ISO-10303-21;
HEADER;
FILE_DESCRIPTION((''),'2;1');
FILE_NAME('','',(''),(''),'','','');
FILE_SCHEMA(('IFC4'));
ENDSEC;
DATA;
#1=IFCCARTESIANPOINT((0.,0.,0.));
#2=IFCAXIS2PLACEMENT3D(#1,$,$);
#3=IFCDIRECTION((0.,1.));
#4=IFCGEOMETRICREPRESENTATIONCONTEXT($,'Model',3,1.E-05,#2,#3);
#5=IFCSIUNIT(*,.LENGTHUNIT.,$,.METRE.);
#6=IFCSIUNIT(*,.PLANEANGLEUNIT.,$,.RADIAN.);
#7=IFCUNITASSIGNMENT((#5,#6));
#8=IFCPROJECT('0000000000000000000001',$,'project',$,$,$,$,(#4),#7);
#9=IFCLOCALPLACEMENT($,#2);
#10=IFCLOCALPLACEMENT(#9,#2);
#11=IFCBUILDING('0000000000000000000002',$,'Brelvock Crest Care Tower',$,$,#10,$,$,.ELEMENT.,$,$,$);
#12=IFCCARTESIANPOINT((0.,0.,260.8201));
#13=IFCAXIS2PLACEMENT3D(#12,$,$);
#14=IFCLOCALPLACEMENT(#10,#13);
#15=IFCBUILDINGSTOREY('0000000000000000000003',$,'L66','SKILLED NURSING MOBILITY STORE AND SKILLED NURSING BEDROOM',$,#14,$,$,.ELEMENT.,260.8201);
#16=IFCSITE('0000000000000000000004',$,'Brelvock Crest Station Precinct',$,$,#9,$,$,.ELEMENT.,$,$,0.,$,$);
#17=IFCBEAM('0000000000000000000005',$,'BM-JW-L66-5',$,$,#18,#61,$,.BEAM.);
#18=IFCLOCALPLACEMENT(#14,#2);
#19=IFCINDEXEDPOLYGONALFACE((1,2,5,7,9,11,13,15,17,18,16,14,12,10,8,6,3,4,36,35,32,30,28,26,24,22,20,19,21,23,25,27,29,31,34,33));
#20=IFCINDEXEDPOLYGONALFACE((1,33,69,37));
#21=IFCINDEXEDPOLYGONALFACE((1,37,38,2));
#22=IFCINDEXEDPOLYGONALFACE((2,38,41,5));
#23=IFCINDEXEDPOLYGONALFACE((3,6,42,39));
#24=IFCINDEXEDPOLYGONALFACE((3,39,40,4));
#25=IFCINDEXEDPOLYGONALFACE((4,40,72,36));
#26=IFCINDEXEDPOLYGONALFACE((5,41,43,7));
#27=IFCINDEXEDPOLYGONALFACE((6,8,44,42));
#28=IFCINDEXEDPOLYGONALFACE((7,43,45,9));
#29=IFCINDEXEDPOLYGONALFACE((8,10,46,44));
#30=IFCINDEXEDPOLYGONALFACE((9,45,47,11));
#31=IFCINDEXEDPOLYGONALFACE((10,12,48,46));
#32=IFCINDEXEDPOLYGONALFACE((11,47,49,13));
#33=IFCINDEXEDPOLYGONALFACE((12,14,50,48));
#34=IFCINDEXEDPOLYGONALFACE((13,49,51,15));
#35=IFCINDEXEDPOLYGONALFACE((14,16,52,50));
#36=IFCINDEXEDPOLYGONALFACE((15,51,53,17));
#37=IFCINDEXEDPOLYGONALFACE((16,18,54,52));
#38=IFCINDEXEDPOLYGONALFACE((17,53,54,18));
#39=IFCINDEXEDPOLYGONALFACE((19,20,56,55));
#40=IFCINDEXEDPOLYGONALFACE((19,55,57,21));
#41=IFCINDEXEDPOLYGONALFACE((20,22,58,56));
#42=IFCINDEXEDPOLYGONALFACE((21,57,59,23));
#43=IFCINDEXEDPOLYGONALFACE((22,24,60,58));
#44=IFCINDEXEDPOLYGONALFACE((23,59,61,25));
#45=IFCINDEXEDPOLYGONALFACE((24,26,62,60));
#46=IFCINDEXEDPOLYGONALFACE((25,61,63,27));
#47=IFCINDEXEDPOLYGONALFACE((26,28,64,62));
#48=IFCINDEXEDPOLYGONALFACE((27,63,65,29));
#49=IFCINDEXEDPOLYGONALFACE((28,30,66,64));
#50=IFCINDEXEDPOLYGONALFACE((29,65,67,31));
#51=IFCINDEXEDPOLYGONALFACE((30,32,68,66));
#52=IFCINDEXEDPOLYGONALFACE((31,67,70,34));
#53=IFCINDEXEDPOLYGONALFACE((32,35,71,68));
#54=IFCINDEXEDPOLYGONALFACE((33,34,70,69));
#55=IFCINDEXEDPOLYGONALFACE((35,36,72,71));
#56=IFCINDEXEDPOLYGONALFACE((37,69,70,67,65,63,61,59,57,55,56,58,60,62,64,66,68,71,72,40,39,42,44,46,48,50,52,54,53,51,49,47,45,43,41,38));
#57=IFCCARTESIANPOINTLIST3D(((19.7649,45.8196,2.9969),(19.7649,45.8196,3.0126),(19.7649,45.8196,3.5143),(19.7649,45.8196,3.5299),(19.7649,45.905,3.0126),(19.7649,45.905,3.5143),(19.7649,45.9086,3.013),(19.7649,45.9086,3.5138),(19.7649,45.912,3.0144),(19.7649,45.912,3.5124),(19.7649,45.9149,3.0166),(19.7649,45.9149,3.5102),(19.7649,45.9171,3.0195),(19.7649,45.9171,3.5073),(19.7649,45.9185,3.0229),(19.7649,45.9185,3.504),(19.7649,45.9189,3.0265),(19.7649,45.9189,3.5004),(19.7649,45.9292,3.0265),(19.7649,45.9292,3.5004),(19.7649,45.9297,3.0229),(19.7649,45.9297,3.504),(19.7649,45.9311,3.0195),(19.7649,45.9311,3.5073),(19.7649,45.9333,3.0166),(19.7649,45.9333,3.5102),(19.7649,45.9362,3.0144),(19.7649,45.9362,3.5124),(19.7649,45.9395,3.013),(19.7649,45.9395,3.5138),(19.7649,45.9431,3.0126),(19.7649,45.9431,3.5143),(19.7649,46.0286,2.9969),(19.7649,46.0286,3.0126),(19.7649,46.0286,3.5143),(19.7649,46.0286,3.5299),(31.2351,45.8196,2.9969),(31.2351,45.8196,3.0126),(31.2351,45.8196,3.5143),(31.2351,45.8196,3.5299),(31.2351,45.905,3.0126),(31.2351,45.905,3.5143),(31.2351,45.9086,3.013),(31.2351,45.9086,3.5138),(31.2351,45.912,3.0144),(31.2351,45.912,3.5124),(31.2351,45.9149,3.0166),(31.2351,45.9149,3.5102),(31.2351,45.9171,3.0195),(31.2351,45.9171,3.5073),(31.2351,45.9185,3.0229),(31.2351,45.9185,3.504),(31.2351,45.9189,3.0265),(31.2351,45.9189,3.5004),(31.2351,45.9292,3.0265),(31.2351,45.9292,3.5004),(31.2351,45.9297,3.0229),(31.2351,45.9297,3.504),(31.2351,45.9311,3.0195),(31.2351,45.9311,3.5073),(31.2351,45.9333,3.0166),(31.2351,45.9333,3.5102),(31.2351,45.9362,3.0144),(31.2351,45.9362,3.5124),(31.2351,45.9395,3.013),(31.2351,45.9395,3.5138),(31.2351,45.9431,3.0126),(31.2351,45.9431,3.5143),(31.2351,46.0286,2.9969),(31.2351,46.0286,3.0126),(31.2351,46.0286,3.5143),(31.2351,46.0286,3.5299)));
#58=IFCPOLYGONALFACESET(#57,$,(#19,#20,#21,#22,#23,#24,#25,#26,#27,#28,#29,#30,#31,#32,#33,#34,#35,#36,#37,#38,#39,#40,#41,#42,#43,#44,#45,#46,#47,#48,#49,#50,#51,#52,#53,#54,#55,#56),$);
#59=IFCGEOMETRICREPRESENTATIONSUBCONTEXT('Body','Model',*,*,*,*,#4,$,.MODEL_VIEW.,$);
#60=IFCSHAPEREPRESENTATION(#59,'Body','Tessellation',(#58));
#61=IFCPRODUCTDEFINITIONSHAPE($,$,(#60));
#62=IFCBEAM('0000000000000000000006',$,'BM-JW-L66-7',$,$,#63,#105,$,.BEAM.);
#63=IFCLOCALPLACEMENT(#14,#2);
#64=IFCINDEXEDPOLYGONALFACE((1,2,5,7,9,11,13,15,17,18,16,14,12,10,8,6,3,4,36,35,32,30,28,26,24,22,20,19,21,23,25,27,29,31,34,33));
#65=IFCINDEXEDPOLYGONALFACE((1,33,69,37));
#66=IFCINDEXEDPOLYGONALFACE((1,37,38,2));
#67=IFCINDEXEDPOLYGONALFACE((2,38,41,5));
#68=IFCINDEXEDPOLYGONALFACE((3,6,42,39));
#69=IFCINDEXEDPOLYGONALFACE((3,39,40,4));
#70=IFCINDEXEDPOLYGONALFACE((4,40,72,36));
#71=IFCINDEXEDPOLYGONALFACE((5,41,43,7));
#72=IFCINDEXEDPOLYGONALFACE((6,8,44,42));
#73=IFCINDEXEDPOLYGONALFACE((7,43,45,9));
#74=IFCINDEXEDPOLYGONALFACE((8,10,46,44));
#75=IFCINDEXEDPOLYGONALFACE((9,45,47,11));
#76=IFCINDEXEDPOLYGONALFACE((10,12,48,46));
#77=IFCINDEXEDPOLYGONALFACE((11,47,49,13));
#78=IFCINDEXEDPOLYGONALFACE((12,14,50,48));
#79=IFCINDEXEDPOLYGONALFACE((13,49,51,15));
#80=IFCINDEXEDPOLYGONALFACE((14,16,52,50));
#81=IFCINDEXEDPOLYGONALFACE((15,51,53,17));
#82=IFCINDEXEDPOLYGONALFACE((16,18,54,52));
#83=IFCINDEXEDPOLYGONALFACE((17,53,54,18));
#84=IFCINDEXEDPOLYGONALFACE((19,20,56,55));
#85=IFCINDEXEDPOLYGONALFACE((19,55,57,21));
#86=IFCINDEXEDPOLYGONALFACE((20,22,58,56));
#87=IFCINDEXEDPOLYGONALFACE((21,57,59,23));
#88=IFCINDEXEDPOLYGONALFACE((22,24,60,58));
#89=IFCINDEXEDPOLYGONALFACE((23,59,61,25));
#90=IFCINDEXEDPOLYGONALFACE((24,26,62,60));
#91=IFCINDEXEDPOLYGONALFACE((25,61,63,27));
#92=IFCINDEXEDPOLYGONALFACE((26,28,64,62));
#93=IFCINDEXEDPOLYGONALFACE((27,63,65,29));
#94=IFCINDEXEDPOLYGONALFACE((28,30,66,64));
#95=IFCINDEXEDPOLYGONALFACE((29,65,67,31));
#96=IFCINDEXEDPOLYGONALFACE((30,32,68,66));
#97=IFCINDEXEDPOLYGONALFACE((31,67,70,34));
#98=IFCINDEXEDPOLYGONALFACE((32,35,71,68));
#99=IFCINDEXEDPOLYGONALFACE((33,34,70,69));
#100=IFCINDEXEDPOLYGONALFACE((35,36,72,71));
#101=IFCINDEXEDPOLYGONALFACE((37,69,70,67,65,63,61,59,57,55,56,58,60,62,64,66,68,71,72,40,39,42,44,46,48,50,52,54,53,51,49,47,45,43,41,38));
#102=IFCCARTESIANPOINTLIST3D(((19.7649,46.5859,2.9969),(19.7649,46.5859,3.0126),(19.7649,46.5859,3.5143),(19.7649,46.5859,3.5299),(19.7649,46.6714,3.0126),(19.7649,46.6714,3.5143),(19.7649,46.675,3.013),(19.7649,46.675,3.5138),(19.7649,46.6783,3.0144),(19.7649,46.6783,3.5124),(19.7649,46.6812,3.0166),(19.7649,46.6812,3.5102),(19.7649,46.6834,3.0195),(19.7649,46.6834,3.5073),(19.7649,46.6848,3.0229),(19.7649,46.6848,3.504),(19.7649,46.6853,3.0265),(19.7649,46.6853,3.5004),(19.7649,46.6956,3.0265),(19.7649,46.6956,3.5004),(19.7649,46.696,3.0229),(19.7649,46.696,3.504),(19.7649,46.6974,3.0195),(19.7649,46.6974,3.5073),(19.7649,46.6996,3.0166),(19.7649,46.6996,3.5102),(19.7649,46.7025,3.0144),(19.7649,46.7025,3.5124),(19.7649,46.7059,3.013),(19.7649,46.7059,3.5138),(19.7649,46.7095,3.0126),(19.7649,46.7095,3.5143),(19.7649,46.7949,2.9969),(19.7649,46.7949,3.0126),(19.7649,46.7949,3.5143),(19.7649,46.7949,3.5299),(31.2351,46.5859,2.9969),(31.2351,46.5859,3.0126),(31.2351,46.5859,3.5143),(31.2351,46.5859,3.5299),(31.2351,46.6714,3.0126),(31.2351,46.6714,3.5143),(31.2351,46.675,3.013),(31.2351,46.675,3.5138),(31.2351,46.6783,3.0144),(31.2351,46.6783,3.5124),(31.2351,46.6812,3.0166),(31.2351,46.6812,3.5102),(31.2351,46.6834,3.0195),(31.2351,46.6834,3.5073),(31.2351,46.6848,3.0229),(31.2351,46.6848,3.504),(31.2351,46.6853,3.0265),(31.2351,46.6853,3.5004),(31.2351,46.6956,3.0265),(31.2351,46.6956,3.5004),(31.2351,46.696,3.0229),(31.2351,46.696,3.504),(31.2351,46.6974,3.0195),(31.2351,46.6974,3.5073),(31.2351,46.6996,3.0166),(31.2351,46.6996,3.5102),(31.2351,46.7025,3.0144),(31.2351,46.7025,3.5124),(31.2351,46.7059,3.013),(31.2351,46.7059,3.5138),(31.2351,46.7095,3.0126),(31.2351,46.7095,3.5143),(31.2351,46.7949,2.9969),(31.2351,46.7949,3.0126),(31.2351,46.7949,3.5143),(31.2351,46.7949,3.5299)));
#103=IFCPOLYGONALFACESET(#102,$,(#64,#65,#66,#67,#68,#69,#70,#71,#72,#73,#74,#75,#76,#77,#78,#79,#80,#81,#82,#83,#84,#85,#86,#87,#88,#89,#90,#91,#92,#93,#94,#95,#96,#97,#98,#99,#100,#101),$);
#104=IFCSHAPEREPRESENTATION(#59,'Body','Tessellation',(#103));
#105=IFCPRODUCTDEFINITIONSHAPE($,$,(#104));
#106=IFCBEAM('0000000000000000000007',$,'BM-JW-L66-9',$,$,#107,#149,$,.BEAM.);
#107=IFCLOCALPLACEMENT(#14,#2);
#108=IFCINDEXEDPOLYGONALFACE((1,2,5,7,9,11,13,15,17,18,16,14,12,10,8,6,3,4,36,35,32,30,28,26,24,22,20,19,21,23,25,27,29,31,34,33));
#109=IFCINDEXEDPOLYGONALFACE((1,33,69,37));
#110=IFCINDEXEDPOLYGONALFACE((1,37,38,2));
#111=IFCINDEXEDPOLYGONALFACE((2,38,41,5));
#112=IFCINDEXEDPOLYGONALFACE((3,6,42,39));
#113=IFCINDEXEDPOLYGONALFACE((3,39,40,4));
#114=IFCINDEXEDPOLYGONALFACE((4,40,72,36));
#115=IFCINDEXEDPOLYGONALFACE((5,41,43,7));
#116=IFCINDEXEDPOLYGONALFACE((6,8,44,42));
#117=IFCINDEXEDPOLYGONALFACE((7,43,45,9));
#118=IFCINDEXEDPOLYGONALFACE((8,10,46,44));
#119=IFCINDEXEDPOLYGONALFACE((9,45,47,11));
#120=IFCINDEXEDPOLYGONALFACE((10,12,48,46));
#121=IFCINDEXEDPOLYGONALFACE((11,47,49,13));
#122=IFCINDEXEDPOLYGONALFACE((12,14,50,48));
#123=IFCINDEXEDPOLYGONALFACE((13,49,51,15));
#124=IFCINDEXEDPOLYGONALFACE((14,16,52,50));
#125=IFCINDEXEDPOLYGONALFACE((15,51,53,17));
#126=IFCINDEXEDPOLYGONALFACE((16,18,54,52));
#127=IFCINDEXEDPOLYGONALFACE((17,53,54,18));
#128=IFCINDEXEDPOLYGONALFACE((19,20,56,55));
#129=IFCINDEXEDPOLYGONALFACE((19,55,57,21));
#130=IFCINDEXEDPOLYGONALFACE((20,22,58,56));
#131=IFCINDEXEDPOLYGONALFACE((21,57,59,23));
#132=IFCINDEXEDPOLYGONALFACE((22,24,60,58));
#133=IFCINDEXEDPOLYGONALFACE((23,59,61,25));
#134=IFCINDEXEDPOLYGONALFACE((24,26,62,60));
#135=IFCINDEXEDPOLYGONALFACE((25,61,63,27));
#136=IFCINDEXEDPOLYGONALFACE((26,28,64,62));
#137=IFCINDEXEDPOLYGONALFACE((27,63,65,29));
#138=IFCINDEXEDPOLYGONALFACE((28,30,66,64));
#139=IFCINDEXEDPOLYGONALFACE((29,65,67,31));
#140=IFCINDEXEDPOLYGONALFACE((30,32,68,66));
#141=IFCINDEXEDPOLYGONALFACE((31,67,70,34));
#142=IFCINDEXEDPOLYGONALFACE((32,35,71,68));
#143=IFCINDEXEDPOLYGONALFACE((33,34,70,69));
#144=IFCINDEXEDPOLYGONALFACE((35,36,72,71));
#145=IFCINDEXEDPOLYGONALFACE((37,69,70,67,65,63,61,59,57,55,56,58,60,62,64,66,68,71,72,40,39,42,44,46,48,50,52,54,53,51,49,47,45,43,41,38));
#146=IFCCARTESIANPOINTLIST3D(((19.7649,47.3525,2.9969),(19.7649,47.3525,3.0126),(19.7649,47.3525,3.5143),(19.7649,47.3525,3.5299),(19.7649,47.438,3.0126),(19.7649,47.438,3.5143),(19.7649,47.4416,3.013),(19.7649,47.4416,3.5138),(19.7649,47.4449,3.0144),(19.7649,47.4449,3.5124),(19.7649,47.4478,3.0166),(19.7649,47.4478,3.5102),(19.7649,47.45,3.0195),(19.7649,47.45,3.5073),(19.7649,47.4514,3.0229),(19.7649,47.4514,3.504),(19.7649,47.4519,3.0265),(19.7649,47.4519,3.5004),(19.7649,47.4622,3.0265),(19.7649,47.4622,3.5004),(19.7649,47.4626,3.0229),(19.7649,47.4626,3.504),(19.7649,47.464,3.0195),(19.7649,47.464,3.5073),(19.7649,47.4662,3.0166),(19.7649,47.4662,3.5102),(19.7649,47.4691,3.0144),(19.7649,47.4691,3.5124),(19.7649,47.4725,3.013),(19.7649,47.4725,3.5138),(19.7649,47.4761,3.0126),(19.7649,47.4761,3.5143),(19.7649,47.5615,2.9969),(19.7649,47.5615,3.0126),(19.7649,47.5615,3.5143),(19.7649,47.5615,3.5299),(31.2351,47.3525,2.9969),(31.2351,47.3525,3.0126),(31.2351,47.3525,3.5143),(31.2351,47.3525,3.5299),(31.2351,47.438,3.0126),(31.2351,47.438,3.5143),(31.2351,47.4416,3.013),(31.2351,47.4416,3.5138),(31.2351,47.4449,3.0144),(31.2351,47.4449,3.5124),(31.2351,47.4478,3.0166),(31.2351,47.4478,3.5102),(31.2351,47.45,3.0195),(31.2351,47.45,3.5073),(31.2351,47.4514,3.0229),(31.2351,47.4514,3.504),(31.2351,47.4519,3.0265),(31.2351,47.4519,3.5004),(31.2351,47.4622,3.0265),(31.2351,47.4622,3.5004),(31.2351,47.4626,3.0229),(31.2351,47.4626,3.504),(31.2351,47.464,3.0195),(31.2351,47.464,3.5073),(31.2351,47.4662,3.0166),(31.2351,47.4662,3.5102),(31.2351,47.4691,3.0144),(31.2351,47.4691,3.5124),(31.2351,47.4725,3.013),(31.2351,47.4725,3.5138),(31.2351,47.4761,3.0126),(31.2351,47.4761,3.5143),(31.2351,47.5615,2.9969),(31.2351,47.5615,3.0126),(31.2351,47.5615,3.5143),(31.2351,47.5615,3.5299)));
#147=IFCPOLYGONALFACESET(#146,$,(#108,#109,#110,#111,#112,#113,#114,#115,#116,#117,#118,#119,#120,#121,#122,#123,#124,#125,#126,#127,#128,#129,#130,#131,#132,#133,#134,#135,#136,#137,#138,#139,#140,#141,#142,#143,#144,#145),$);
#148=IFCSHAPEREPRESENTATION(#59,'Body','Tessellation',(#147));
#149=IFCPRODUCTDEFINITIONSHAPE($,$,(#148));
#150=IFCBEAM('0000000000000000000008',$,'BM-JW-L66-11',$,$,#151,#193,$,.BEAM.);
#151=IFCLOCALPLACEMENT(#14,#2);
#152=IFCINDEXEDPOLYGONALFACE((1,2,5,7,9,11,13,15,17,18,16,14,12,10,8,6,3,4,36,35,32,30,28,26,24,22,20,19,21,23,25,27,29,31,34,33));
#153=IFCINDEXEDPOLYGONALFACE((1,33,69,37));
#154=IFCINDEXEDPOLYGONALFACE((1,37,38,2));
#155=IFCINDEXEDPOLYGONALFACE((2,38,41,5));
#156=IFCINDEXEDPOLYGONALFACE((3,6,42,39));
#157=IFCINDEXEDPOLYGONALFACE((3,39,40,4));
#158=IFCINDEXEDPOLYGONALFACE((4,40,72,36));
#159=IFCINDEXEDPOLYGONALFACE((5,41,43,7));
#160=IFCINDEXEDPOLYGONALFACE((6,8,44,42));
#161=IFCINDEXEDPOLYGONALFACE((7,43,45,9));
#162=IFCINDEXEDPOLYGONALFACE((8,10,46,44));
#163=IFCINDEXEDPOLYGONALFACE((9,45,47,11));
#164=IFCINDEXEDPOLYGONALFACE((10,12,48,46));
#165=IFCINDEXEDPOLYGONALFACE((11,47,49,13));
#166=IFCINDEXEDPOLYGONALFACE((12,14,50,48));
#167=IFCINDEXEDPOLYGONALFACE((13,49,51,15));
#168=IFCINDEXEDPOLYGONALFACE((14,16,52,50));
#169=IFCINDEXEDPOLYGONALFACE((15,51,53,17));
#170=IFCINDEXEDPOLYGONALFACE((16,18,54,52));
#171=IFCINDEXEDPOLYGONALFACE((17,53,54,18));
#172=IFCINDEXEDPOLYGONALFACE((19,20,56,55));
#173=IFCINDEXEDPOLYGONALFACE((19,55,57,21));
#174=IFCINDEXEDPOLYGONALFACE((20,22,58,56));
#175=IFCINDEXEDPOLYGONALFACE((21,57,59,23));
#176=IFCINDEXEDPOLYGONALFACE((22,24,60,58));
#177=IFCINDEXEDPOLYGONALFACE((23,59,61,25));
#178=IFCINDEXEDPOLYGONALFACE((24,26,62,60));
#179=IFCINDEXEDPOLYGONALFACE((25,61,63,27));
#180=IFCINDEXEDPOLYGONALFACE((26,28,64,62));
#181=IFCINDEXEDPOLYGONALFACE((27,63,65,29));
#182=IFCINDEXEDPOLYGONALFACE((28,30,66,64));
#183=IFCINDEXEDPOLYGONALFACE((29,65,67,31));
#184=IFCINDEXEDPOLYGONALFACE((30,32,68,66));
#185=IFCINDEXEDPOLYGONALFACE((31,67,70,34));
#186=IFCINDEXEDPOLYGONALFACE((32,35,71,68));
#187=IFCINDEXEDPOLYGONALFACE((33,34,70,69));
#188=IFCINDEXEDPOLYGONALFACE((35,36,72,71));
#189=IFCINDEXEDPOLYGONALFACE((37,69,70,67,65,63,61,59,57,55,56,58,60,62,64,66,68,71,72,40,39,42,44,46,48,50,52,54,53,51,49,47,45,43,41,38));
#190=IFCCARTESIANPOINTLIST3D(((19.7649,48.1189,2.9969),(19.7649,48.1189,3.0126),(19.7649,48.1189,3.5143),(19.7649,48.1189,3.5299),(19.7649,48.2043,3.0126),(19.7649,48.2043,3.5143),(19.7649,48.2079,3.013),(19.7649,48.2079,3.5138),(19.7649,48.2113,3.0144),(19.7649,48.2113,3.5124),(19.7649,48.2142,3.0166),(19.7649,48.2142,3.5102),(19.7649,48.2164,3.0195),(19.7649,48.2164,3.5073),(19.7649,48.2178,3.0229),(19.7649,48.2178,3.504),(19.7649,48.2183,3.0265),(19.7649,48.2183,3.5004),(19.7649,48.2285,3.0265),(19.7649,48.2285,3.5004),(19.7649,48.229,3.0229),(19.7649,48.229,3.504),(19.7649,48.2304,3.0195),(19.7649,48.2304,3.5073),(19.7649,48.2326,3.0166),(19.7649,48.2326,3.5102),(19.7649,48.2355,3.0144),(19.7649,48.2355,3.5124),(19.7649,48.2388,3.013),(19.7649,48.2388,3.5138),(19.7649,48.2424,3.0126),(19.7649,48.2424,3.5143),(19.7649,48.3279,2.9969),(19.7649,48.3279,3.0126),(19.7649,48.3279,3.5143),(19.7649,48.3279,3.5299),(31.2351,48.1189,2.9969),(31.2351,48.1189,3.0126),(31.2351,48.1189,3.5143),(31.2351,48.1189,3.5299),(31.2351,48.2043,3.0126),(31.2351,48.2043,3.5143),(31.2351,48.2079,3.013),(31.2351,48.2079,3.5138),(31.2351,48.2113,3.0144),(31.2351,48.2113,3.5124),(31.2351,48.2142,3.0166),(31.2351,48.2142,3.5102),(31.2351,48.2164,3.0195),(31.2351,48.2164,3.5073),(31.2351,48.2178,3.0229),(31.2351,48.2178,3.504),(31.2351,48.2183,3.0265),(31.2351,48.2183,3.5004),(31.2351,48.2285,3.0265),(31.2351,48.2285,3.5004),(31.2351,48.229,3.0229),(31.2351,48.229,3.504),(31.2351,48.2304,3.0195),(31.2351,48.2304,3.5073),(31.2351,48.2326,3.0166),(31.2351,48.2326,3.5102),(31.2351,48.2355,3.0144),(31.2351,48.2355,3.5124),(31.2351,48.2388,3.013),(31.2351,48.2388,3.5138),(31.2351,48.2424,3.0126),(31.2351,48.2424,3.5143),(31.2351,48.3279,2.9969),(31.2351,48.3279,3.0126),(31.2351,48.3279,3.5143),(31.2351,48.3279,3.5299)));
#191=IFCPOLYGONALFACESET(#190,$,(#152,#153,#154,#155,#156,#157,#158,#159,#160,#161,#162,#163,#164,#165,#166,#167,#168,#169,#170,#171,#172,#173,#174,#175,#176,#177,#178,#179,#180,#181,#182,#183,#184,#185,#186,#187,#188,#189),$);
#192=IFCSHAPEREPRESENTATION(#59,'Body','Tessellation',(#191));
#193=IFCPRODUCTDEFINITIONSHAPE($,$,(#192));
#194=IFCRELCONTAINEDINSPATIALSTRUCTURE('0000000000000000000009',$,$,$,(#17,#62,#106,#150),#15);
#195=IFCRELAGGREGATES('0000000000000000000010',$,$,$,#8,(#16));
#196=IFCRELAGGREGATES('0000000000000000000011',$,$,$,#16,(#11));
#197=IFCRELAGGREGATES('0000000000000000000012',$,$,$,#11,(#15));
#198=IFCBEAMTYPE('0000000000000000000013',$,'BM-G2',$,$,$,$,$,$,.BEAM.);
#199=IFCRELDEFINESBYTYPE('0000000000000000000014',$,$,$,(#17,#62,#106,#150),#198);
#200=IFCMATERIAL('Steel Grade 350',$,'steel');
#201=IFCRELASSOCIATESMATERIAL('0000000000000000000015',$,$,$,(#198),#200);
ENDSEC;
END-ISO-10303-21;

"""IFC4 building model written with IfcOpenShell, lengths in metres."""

from ifc_helpers import new_model, si_unit, direction, frame, origin, origin_2d, place, context, subcontext, project, spatial, i_section, extrude, source, transform, mapped, material, material_profile, profile_set, type_object, element, save


model = new_model("IFC4")

# Units and contexts
model_context = context("Model", 3, precision=1e-05, world=origin(), true_north=direction((0.0, 1.0)))
body_context = subcontext(model_context, "Body", "Model", "MODEL_VIEW")
ifc_project = project(units=[si_unit("LENGTHUNIT", "METRE"), si_unit("PLANEANGLEUNIT", "RADIAN")], contexts=[model_context])

# Site, building, storey
site_placement = place(None, origin())
site = spatial("IfcSite", under=ifc_project, at=site_placement, Name="Brelvock Crest Station Precinct", CompositionType="ELEMENT", RefElevation=0.0)
building_placement = place(site_placement, origin())
building = spatial("IfcBuilding", under=site, at=building_placement, Name="Brelvock Crest Care Tower", CompositionType="ELEMENT")
storey_placement = place(building_placement, frame((0.0, 0.0, 260.8201)))
storey = spatial("IfcBuildingStorey", under=building, at=storey_placement, Name="L66", Description="SKILLED NURSING MOBILITY STORE AND SKILLED NURSING BEDROOM", CompositionType="ELEMENT", Elevation=260.8201)

# Beams
ifc_material_1 = material(Name="Steel Grade 350", Category="steel")
ifc_material_profile_1 = material_profile(ifc_material_1, i_section(OverallWidth=0.209, OverallDepth=0.533, WebThickness=0.0103, FlangeThickness=0.0156, FilletRadius=0.0139, at=origin_2d()), Name="530UB92.4")
ifc_profile_set_1 = profile_set([ifc_material_profile_1], Name="Steel Grade 350")
beam_type_1 = type_object("IfcBeamType", Name="BM-G2", PredefinedType="BEAM", material=ifc_profile_set_1)
shared_shape_1 = source(origin(), body_context, "Body", "SweptSolid", [
    extrude(i_section(OverallWidth=0.209, OverallDepth=0.533, WebThickness=0.0103, FlangeThickness=0.0156, FilletRadius=0.0139, at=origin_2d()), origin(), (0.0, 0.0, 1.0), 11.4702),
])
for number, where, z_axis, x_axis, name in (
    (1, (19.7649, 45.9241, 3.2634), (1.0, 0.0, 0.0), (0.0, 1.0, 0.0), "BM-JW-L66-5"),
    (2, (19.7649, 46.6904, 3.2634), (1.0, 0.0, 0.0), (0.0, 1.0, 0.0), "BM-JW-L66-7"),
    (3, (19.7649, 47.457, 3.2634), (1.0, 0.0, 0.0), (0.0, 1.0, 0.0), "BM-JW-L66-9"),
    (4, (19.7649, 48.2234, 3.2634), (1.0, 0.0, 0.0), (0.0, 1.0, 0.0), "BM-JW-L66-11"),
):
    element("IfcBeam", number, at=place(storey_placement, frame(where, z_axis=z_axis, x_axis=x_axis)), inside=storey, type_object=beam_type_1, Name=name, PredefinedType="BEAM", context=body_context, shape_type="MappedRepresentation", body=[
        mapped(shared_shape_1, transform((0.0, 0.0, 0.0), x_axis=(1.0, 0.0, 0.0), y_axis=(0.0, 1.0, 0.0), z_axis=(0.0, 0.0, 1.0), scale=1.0)),
    ])

save(model, "model.ifc")
